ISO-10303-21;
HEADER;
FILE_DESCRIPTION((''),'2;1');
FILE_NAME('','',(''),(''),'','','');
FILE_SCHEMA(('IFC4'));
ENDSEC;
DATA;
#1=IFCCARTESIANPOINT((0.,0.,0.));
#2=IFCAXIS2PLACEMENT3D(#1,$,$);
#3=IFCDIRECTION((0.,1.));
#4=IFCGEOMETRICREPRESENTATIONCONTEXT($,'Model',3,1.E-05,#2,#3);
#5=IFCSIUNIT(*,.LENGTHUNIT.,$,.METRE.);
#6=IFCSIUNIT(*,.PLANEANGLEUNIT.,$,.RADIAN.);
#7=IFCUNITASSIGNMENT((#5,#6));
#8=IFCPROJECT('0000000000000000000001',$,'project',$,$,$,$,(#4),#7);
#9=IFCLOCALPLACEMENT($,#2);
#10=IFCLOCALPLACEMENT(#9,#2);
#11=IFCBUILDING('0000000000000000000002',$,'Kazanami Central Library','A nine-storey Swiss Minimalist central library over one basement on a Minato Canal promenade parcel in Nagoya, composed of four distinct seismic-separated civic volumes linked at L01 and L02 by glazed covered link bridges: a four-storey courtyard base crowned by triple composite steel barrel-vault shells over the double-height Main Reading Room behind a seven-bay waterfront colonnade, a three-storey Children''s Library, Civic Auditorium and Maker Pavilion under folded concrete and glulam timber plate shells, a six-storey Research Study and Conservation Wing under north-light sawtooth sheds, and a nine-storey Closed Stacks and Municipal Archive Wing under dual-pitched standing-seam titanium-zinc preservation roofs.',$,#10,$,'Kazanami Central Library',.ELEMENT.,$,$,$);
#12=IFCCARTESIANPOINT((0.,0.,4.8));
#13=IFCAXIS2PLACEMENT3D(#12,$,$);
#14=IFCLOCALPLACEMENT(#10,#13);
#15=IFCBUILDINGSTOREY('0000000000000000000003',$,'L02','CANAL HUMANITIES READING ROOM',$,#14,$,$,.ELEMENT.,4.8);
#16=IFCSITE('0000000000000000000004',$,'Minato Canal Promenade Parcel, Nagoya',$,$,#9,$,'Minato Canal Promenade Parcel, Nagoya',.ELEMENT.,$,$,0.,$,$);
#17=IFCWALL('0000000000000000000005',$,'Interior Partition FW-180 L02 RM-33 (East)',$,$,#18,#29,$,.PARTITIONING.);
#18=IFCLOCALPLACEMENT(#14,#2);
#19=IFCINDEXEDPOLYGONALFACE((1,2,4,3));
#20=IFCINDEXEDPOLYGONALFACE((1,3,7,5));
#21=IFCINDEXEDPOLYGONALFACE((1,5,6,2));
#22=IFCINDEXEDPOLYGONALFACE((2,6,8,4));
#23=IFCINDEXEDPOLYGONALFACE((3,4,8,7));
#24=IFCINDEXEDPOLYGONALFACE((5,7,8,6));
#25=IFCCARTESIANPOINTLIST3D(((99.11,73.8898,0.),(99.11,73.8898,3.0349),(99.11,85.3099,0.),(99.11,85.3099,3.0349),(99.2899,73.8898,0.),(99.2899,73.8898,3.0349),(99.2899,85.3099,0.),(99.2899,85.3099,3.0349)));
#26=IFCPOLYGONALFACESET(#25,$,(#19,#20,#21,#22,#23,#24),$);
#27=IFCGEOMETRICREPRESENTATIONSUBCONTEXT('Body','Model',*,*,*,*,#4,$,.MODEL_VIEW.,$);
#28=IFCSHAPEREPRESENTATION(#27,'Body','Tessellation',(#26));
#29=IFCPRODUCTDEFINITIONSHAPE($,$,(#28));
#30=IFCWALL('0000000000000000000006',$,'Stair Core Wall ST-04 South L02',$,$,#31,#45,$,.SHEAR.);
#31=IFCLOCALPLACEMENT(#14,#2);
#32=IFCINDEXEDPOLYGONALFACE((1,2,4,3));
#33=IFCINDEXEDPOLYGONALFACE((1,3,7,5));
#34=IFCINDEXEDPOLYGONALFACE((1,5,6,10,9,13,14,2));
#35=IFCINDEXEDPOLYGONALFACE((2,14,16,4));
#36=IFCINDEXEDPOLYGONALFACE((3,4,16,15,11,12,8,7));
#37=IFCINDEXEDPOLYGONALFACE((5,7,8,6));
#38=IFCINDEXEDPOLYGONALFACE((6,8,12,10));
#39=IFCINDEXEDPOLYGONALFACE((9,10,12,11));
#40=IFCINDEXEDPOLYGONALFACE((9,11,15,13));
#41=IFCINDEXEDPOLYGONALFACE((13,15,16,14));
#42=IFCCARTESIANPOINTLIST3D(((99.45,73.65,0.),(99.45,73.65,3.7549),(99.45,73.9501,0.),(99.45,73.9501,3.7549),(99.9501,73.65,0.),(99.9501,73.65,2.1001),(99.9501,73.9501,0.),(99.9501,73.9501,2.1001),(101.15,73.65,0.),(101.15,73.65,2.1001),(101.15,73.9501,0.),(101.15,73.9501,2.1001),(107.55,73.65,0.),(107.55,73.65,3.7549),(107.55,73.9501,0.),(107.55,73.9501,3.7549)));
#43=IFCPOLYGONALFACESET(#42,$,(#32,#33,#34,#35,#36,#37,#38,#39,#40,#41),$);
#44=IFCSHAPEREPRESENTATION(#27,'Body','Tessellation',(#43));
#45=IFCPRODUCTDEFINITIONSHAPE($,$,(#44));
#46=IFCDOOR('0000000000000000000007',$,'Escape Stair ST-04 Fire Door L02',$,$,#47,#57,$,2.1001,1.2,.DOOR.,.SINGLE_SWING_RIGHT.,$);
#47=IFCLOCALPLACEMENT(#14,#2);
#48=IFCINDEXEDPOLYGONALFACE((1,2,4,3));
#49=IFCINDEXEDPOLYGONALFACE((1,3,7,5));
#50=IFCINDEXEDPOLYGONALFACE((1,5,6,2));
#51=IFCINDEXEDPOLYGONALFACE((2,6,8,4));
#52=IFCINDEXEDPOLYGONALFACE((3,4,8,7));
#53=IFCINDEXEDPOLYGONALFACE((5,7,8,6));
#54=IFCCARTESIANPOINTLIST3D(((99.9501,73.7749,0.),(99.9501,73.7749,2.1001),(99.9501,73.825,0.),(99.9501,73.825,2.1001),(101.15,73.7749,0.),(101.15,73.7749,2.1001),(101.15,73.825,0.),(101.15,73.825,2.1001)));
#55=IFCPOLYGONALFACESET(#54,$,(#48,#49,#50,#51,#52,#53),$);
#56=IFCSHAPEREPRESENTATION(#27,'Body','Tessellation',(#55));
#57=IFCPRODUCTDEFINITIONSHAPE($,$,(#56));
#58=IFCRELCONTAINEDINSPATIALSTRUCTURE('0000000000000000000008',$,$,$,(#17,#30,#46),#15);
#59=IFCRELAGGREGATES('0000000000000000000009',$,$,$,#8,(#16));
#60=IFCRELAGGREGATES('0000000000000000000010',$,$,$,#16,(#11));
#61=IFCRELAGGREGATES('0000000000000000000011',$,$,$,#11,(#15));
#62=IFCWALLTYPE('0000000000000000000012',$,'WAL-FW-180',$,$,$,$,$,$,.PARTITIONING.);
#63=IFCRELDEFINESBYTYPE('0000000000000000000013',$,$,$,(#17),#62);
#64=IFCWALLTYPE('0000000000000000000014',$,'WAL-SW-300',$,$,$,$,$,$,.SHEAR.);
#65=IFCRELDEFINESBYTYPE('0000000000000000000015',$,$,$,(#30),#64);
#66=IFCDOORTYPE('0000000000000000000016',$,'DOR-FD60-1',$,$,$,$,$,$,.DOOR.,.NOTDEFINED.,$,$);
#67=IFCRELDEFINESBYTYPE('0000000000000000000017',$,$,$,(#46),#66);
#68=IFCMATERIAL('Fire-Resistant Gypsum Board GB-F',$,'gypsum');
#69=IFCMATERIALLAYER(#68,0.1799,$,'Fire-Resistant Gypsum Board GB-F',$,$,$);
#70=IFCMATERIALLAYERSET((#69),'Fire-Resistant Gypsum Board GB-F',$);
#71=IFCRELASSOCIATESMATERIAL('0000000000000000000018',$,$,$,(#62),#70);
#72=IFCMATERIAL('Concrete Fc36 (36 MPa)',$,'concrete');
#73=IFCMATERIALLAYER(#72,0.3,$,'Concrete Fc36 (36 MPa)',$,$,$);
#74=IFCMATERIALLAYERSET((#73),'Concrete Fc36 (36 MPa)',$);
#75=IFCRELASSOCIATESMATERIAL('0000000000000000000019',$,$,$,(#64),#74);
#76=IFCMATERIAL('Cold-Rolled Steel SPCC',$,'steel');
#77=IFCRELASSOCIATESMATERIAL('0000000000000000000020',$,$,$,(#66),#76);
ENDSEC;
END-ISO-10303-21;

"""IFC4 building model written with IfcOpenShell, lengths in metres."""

from ifc_helpers import new_model, si_unit, direction, frame, frame_2d, origin, place, context, subcontext, project, spatial, rectangle, extrude, material, layer, layer_set, type_object, element, fill, save


model = new_model("IFC4")

# Units and contexts
model_context = context("Model", 3, precision=1e-05, world=origin(), true_north=direction((0.0, 1.0)))
body_context = subcontext(model_context, "Body", "Model", "MODEL_VIEW")
ifc_project = project(units=[si_unit("LENGTHUNIT", "METRE"), si_unit("PLANEANGLEUNIT", "RADIAN")], contexts=[model_context])

# Site, building, storey
site_placement = place(None, origin())
site = spatial("IfcSite", under=ifc_project, at=site_placement, Name="Minato Canal Promenade Parcel, Nagoya", LongName="Minato Canal Promenade Parcel, Nagoya", CompositionType="ELEMENT", RefElevation=0.0)
building_placement = place(site_placement, origin())
building = spatial("IfcBuilding", under=site, at=building_placement, Name="Kazanami Central Library", Description="A nine-storey Swiss Minimalist central library over one basement on a Minato Canal promenade parcel in Nagoya, composed of four distinct seismic-separated civic volumes linked at L01 and L02 by glazed covered link bridges: a four-storey courtyard base crowned by triple composite steel barrel-vault shells over the double-height Main Reading Room behind a seven-bay waterfront colonnade, a three-storey Children's Library, Civic Auditorium and Maker Pavilion under folded concrete and glulam timber plate shells, a six-storey Research Study and Conservation Wing under north-light sawtooth sheds, and a nine-storey Closed Stacks and Municipal Archive Wing under dual-pitched standing-seam titanium-zinc preservation roofs.", LongName="Kazanami Central Library", CompositionType="ELEMENT")
storey_placement = place(building_placement, frame((0.0, 0.0, 4.8)))
storey = spatial("IfcBuildingStorey", under=building, at=storey_placement, Name="L02", Description="CANAL HUMANITIES READING ROOM", CompositionType="ELEMENT", Elevation=4.8)

# Shared definitions
ifc_material_1 = material(Name="Fire-Resistant Gypsum Board GB-F", Category="gypsum")
ifc_layer_1 = layer(ifc_material_1, 0.1799, Name="Fire-Resistant Gypsum Board GB-F")
ifc_layer_set_1 = layer_set([ifc_layer_1], Name="Fire-Resistant Gypsum Board GB-F")
wall_type_1 = type_object("IfcWallType", Name="WAL-FW-180", PredefinedType="PARTITIONING", material=ifc_layer_set_1)
ifc_material_2 = material(Name="Cold-Rolled Steel SPCC", Category="steel")

# Wall
wall_1_placement = place(storey_placement, frame((99.2, 73.8899, 0.0), z_axis=(0.0, 0.0, 1.0), x_axis=(0.0, 1.0, 0.0)))
element("IfcWall", 1, at=wall_1_placement, inside=storey, type_object=wall_type_1, Name="Interior Partition FW-180 L02 RM-33 (East)", PredefinedType="PARTITIONING", context=body_context, shape_type="SweptSolid", body=[
    extrude(rectangle(XDim=11.4202, YDim=0.1799, at=frame_2d((5.71, 0.0))), origin(), (0.0, 0.0, 1.0), 3.0349),
])

# Wall, opening, door
ifc_material_3 = material(Name="Concrete Fc36 (36 MPa)", Category="concrete")
ifc_layer_2 = layer(ifc_material_3, 0.3, Name="Concrete Fc36 (36 MPa)")
ifc_layer_set_2 = layer_set([ifc_layer_2], Name="Concrete Fc36 (36 MPa)")
wall_type_2 = type_object("IfcWallType", Name="WAL-SW-300", PredefinedType="SHEAR", material=ifc_layer_set_2)
wall_2_placement = place(storey_placement, frame((99.45, 73.8, 0.0), z_axis=(0.0, 0.0, 1.0), x_axis=(1.0, 0.0, 0.0)))
wall_2 = element("IfcWall", 2, at=wall_2_placement, inside=storey, type_object=wall_type_2, Name="Stair Core Wall ST-04 South L02", PredefinedType="SHEAR", context=body_context, shape_type="SweptSolid", body=[
    extrude(rectangle(XDim=8.1001, YDim=0.3, at=frame_2d((4.05, 0.0))), origin(), (0.0, 0.0, 1.0), 3.7549),
])
opening_1_placement = place(wall_2_placement, frame((0.5, 0.0, 0.0)))
opening_1 = element("IfcOpeningElement", 3, at=opening_1_placement, cuts=wall_2, PredefinedType="OPENING", context=body_context, shape_type="SweptSolid", body=[
    extrude(rectangle(XDim=1.2, YDim=2.1001, at=frame_2d((0.6001, 1.05))), frame((0.0, 0.1621, 0.0), z_axis=(0.0, -1.0, 0.0), x_axis=(1.0, 0.0, 0.0)), (0.0, 0.0, 1.0), 0.324),
])
door_type_1 = type_object("IfcDoorType", Name="DOR-FD60-1", OperationType="NOTDEFINED", PredefinedType="DOOR", material=ifc_material_2)
door_1_placement = place(opening_1_placement, origin())
door_1 = element("IfcDoor", 4, at=door_1_placement, inside=storey, type_object=door_type_1, Name="Escape Stair ST-04 Fire Door L02", OperationType="SINGLE_SWING_RIGHT", OverallHeight=2.1001, OverallWidth=1.2, PredefinedType="DOOR", context=body_context, shape_type="SweptSolid", body=[
    extrude(rectangle(XDim=1.2, YDim=2.1001, at=frame_2d((0.6001, 1.05))), frame((0.0, 0.0249, 0.0), z_axis=(0.0, -1.0, 0.0), x_axis=(1.0, 0.0, 0.0)), (0.0, 0.0, 1.0), 0.05),
])
fill(opening_1, door_1)

save(model, "model.ifc")
